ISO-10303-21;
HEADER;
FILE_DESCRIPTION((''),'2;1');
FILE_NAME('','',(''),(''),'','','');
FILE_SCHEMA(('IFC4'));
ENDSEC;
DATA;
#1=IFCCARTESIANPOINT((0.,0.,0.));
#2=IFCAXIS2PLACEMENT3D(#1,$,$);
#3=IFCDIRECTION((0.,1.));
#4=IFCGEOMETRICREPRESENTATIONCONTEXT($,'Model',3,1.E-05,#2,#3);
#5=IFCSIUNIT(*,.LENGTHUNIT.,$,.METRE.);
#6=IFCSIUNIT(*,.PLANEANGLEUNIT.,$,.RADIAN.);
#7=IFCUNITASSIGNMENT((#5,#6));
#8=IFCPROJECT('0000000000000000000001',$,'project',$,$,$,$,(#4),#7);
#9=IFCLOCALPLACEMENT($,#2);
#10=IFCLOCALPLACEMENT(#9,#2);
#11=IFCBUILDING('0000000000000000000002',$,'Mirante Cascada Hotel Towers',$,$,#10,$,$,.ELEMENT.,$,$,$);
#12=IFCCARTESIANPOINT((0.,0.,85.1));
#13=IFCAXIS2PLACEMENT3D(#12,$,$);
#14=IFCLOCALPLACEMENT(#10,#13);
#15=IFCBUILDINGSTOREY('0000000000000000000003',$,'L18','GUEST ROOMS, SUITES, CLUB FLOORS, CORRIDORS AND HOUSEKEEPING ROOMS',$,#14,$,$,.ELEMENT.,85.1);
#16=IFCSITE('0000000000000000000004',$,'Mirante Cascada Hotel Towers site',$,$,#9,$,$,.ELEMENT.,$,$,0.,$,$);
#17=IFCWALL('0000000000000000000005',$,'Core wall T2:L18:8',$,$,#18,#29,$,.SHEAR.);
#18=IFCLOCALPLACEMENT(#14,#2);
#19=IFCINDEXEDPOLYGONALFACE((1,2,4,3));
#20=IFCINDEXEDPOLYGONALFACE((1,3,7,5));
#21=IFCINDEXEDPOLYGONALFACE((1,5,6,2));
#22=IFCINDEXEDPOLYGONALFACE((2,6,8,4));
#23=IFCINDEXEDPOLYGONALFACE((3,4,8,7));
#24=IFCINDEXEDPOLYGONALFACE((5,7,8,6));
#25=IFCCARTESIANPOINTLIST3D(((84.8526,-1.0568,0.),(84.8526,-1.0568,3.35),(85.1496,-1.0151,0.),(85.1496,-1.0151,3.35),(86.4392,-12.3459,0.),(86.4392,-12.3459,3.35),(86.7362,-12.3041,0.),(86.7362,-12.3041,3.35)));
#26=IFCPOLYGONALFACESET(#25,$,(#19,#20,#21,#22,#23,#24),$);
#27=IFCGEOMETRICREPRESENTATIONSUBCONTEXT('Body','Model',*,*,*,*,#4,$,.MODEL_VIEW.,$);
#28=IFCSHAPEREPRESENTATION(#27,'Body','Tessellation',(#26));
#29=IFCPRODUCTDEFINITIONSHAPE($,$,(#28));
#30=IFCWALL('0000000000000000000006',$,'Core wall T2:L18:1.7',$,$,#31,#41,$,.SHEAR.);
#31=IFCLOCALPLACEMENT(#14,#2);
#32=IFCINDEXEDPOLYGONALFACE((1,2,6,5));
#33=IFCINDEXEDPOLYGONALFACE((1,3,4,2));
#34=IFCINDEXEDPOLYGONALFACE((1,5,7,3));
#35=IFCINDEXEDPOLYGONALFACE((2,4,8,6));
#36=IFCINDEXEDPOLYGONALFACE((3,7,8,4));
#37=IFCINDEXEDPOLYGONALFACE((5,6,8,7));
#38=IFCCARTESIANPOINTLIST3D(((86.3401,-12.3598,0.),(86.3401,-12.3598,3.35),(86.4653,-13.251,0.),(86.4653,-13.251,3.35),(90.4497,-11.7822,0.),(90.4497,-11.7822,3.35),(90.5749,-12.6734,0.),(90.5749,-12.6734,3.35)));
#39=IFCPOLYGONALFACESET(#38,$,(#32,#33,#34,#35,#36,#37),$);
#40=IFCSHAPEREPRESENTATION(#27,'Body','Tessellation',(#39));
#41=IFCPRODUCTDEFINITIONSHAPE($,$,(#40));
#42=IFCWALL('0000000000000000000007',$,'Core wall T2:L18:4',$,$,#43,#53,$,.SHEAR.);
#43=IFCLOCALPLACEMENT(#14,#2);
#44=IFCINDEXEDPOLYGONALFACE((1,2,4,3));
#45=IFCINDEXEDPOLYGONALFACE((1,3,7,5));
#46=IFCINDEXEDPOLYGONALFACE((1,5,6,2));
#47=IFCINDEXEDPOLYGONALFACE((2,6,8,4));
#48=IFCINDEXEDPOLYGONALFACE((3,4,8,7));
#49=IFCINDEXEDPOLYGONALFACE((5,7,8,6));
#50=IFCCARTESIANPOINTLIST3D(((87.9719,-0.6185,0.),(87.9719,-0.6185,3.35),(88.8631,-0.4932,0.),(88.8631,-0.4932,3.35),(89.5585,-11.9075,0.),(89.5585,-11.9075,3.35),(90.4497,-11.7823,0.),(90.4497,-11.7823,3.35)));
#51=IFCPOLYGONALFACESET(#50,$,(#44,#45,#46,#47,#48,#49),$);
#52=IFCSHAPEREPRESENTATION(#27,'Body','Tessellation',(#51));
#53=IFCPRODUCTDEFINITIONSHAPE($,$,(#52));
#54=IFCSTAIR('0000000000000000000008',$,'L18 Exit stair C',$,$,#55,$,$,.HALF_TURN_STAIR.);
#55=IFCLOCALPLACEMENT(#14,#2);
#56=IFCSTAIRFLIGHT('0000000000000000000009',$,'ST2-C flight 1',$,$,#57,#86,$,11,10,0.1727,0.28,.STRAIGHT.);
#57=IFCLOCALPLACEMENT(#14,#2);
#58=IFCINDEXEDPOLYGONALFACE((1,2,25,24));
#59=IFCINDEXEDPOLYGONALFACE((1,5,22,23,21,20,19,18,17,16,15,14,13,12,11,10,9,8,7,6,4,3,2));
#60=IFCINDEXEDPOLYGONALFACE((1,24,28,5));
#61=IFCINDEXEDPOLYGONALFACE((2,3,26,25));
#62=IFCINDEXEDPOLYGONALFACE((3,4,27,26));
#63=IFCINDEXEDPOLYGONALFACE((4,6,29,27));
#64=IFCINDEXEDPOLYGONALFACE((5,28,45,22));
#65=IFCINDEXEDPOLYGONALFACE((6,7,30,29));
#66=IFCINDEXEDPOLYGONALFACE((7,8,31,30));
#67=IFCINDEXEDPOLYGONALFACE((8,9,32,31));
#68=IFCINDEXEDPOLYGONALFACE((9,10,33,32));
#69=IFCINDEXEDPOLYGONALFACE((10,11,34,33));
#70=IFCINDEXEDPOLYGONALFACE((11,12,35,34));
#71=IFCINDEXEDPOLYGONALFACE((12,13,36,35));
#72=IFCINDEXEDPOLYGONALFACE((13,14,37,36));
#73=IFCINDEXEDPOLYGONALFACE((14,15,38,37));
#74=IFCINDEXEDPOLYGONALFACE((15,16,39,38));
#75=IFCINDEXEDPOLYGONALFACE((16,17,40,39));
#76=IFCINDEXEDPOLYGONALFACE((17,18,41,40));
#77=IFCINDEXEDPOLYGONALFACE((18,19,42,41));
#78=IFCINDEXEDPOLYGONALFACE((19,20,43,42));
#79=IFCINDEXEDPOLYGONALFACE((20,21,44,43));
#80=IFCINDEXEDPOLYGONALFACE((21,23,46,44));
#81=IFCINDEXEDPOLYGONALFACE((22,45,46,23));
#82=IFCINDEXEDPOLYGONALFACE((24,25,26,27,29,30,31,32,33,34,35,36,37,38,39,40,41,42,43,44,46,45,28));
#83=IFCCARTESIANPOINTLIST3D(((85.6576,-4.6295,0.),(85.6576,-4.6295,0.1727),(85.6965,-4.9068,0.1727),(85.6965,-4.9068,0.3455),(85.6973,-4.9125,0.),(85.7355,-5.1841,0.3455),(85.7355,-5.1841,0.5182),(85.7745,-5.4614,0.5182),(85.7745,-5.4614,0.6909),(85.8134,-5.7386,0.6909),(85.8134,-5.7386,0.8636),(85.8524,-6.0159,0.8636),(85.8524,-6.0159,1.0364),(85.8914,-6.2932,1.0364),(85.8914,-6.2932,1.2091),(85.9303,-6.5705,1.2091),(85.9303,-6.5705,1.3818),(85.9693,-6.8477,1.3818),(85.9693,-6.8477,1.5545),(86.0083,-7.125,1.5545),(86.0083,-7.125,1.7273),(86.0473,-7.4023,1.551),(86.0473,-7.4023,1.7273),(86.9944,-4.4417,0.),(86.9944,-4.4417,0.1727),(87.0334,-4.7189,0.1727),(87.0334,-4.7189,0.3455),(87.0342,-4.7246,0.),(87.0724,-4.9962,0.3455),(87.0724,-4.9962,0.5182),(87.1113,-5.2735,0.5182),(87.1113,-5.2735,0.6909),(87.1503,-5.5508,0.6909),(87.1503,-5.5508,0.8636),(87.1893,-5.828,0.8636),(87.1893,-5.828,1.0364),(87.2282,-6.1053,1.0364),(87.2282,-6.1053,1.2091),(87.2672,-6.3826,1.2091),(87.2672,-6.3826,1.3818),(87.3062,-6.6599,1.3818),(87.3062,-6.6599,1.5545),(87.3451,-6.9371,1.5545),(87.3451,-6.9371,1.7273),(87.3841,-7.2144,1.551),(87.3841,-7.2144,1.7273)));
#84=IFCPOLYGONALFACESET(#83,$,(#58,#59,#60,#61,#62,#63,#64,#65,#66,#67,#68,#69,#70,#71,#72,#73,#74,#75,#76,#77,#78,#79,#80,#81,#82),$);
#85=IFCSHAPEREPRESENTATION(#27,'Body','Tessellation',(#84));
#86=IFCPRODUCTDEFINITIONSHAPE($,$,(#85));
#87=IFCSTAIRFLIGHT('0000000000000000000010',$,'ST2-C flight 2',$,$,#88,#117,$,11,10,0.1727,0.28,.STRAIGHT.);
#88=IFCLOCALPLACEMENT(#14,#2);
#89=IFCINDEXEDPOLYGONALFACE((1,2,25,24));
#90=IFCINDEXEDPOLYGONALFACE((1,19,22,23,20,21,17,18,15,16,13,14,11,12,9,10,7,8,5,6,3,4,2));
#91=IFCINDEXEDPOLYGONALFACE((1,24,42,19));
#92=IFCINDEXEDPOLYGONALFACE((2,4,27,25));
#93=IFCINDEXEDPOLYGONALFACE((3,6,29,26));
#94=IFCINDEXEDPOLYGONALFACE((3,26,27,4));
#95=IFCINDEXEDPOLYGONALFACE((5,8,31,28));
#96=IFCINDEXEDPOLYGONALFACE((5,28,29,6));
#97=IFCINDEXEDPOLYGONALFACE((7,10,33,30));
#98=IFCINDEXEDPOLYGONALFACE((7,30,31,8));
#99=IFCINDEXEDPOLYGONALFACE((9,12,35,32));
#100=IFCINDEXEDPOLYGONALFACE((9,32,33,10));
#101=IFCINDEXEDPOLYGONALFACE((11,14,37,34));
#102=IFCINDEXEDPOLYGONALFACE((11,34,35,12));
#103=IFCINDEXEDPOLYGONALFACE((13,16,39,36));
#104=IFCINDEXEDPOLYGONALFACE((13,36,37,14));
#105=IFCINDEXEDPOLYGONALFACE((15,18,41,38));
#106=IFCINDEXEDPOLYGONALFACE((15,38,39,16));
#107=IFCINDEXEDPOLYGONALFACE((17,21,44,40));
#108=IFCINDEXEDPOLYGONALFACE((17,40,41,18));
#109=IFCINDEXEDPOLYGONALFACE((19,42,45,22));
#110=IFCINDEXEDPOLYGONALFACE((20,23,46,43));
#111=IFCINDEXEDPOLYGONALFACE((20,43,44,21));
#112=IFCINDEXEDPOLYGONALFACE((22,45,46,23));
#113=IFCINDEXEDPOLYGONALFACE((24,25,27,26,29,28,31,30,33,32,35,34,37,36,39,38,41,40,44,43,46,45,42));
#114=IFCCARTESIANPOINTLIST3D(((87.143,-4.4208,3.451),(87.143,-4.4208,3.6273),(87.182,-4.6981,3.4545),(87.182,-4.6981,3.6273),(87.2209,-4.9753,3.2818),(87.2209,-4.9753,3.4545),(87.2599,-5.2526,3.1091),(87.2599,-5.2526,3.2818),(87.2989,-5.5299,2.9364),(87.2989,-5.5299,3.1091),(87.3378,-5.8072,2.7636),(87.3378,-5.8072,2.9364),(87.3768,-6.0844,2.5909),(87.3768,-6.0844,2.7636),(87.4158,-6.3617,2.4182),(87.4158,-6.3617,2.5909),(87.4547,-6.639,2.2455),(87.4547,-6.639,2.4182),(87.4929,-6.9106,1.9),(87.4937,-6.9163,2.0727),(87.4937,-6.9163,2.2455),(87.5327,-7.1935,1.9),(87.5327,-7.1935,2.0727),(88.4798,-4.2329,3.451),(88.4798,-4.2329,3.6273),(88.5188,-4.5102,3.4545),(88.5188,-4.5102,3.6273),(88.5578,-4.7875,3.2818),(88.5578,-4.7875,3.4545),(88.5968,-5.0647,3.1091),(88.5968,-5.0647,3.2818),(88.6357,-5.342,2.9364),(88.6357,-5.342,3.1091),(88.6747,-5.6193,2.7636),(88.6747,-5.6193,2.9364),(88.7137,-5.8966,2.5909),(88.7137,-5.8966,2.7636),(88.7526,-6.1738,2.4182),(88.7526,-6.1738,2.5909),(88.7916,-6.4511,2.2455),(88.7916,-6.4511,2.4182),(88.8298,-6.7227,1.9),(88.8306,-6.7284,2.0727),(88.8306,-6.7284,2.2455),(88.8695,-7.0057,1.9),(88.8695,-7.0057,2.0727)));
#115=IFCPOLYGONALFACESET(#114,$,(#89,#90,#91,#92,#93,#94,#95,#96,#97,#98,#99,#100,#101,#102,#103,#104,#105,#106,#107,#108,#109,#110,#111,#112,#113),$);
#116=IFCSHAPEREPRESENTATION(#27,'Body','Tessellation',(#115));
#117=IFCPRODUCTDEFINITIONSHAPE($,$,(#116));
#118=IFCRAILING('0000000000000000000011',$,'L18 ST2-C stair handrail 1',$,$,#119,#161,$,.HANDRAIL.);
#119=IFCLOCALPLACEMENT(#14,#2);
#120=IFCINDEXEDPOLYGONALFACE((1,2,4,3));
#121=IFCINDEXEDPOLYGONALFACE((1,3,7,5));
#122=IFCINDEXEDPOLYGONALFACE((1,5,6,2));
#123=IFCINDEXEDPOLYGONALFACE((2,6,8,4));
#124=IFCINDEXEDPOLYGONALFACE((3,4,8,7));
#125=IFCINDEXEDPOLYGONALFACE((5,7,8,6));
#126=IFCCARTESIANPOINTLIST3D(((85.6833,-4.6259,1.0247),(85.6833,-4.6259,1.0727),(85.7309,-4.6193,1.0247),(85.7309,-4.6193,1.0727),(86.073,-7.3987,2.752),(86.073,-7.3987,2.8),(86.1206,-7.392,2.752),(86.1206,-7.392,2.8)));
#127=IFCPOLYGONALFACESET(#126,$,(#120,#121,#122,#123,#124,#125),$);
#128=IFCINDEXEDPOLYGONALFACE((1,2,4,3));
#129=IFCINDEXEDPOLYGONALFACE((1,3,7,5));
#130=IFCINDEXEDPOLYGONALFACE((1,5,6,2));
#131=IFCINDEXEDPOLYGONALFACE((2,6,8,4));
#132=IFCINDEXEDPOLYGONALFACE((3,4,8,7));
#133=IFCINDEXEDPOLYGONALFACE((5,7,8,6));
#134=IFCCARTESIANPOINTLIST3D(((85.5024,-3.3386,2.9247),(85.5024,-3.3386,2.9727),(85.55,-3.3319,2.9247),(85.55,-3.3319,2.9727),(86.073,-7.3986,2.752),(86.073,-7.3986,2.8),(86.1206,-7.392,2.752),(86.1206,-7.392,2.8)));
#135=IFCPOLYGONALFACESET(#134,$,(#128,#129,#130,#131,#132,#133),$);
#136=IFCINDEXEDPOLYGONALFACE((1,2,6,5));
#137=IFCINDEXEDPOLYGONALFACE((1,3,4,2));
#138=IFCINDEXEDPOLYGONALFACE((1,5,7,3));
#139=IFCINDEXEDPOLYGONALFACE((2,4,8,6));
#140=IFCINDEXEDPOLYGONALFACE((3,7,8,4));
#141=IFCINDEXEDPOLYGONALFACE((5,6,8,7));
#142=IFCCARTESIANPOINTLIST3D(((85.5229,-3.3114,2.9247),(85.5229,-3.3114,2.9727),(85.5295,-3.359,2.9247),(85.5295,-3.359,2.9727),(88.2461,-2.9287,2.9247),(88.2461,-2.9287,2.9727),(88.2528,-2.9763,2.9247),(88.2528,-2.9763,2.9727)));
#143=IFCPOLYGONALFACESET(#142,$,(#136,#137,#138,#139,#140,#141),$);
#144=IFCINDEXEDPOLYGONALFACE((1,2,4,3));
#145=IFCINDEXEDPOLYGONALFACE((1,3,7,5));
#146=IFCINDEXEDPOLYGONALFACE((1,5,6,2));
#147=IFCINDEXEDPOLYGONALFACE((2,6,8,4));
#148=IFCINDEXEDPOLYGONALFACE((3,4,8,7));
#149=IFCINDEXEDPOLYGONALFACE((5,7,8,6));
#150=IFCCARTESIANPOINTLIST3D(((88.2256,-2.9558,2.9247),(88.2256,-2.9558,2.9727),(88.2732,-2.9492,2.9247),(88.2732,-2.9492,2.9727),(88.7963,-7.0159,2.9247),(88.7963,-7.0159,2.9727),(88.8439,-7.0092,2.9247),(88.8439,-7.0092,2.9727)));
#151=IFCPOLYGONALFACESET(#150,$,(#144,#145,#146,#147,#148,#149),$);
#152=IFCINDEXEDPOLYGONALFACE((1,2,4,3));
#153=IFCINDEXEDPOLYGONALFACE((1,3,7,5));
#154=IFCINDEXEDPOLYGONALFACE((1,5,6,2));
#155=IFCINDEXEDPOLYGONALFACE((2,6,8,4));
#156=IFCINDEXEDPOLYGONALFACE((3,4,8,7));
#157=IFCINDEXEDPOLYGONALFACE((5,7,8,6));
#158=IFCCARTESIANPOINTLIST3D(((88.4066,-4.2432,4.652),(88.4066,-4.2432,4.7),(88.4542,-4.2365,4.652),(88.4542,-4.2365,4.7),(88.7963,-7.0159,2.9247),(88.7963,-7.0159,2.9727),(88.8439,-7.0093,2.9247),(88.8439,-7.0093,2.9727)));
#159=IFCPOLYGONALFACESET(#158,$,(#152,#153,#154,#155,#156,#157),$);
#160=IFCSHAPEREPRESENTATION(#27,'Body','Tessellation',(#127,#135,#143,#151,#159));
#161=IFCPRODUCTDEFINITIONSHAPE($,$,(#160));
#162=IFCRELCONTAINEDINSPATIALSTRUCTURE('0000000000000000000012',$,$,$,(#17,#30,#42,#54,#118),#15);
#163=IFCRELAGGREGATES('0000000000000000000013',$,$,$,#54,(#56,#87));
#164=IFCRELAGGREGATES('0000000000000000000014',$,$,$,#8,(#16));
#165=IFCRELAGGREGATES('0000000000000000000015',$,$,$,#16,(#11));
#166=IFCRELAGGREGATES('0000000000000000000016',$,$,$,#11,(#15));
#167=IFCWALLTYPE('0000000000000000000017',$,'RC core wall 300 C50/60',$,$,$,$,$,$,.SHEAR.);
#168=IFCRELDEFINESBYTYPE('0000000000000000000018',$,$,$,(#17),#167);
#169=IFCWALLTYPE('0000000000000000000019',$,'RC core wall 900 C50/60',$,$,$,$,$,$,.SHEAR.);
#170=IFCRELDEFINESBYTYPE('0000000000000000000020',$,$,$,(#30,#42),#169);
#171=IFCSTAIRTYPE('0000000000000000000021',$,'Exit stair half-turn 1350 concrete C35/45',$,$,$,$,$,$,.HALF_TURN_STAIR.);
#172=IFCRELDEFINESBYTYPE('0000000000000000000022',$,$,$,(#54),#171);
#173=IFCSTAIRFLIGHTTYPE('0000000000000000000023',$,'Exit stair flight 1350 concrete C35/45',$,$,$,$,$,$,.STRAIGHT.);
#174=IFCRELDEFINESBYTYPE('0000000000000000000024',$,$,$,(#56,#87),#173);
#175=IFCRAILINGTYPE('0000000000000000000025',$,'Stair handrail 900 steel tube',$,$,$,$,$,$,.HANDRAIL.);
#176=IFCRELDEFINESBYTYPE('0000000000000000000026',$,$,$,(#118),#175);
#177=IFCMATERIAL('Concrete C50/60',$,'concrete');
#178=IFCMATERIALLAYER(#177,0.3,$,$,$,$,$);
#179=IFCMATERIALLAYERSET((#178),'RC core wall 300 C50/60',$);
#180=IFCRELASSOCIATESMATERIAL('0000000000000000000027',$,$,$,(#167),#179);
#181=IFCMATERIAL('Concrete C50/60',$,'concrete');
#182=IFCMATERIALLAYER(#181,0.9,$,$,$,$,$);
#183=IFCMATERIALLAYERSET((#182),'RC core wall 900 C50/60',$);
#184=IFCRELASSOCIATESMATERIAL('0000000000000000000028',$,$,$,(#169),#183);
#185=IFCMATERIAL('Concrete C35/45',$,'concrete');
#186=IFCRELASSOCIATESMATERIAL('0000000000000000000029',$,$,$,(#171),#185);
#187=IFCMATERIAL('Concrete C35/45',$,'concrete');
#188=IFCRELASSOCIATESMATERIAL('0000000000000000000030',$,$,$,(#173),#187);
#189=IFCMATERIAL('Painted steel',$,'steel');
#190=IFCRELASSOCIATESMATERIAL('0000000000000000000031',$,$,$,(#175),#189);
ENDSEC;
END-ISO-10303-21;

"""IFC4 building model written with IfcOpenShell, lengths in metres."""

from ifc_helpers import new_model, si_unit, direction, frame, frame_2d, origin, origin_2d, place, context, subcontext, project, spatial, polyline, rectangle, outline, extrude, material, layer, layer_set, type_object, element, aggregate, save


model = new_model("IFC4")

# Units and contexts
model_context = context("Model", 3, precision=1e-05, world=origin(), true_north=direction((0.0, 1.0)))
body_context = subcontext(model_context, "Body", "Model", "MODEL_VIEW")
ifc_project = project(units=[si_unit("LENGTHUNIT", "METRE"), si_unit("PLANEANGLEUNIT", "RADIAN")], contexts=[model_context])

# Site, building, storey
site_placement = place(None, origin())
site = spatial("IfcSite", under=ifc_project, at=site_placement, Name="Mirante Cascada Hotel Towers site", CompositionType="ELEMENT", RefElevation=0.0)
building_placement = place(site_placement, origin())
building = spatial("IfcBuilding", under=site, at=building_placement, Name="Mirante Cascada Hotel Towers", CompositionType="ELEMENT")
storey_placement = place(building_placement, frame((0.0, 0.0, 85.1)))
storey = spatial("IfcBuildingStorey", under=building, at=storey_placement, Name="L18", Description="GUEST ROOMS, SUITES, CLUB FLOORS, CORRIDORS AND HOUSEKEEPING ROOMS", CompositionType="ELEMENT", Elevation=85.1)

# Walls
ifc_material_1 = material(Name="Concrete C50/60", Category="concrete")
ifc_layer_1 = layer(ifc_material_1, 0.3)
ifc_layer_set_1 = layer_set([ifc_layer_1], Name="RC core wall 300 C50/60")
wall_type_1 = type_object("IfcWallType", Name="RC core wall 300 C50/60", PredefinedType="SHEAR", material=ifc_layer_set_1)
wall_1_placement = place(storey_placement, frame((86.5877, -12.325, 0.0), z_axis=(0.0, 0.0, 1.0), x_axis=(-0.139175, 0.990268, 0.0)))
element("IfcWall", 1, at=wall_1_placement, inside=storey, type_object=wall_type_1, Name="Core wall T2:L18:8", PredefinedType="SHEAR", context=body_context, shape_type="SweptSolid", body=[
    extrude(rectangle(XDim=11.4, YDim=0.3, at=frame_2d((5.7, 0.0))), origin(), (0.0, 0.0, 1.0), 3.35),
])
ifc_material_2 = material(Name="Concrete C50/60", Category="concrete")
ifc_layer_2 = layer(ifc_material_2, 0.9)
ifc_layer_set_2 = layer_set([ifc_layer_2], Name="RC core wall 900 C50/60")
wall_type_2 = type_object("IfcWallType", Name="RC core wall 900 C50/60", PredefinedType="SHEAR", material=ifc_layer_set_2)
wall_2_placement = place(storey_placement, frame((86.4027, -12.8054, 0.0), z_axis=(0.0, 0.0, 1.0), x_axis=(0.990267, 0.139181, 0.0)))
element("IfcWall", 2, at=wall_2_placement, inside=storey, type_object=wall_type_2, Name="Core wall T2:L18:1.7", PredefinedType="SHEAR", context=body_context, shape_type="SweptSolid", body=[
    extrude(rectangle(XDim=4.15, YDim=0.9, at=frame_2d((2.075, 0.0))), origin(), (0.0, 0.0, 1.0), 3.35),
])
wall_3_placement = place(storey_placement, frame((90.0041, -11.8449, 0.0), z_axis=(0.0, 0.0, 1.0), x_axis=(-0.139175, 0.990268, 0.0)))
element("IfcWall", 3, at=wall_3_placement, inside=storey, type_object=wall_type_2, Name="Core wall T2:L18:4", PredefinedType="SHEAR", context=body_context, shape_type="SweptSolid", body=[
    extrude(rectangle(XDim=11.4, YDim=0.9, at=frame_2d((5.7, 0.0))), origin(), (0.0, 0.0, 1.0), 3.35),
])

# Stair, stair flights
ifc_material_3 = material(Name="Concrete C35/45", Category="concrete")
stair_type = type_object("IfcStairType", Name="Exit stair half-turn 1350 concrete C35/45", PredefinedType="HALF_TURN_STAIR", material=ifc_material_3)
stair_placement = place(storey_placement, origin())
stair = element("IfcStair", 4, at=stair_placement, inside=storey, type_object=stair_type, Name="L18 Exit stair C", PredefinedType="HALF_TURN_STAIR")
ifc_material_4 = material(Name="Concrete C35/45", Category="concrete")
stair_flight_type = type_object("IfcStairFlightType", Name="Exit stair flight 1350 concrete C35/45", PredefinedType="STRAIGHT", material=ifc_material_4)
stair_flight_1_placement = place(storey_placement, frame((86.326, -4.5356, 0.0), z_axis=(0.0, 0.0, 1.0), x_axis=(0.139173, -0.990268, 0.0)))
stair_flight_1 = element("IfcStairFlight", 5, at=stair_flight_1_placement, type_object=stair_flight_type, Name="ST2-C flight 1", NumberOfRisers=11, NumberOfTreads=10, PredefinedType="STRAIGHT", RiserHeight=0.1727, TreadLength=0.28, context=body_context, shape_type="SweptSolid", body=[
    extrude(outline(polyline([(0.0, 0.0), (0.0, 0.1727), (0.28, 0.1727), (0.28, 0.3455), (0.56, 0.3455), (0.56, 0.5182), (0.84, 0.5182), (0.84, 0.6909), (1.12, 0.6909), (1.12, 0.8636), (1.4, 0.8636), (1.4, 1.0364), (1.68, 1.0364), (1.68, 1.2091), (1.96, 1.2091), (1.96, 1.3818), (2.24, 1.3818), (2.24, 1.5545), (2.52, 1.5545), (2.52, 1.7273), (2.8, 1.7273), (2.8, 1.9), (2.8, 1.551), (0.2857, 0.0), (0.0, 0.0)])), frame((0.0, 0.675, 0.0), z_axis=(0.0, -1.0, 0.0), x_axis=(1.0, 0.0, 0.0)), (0.0, 0.0, 1.0), 1.35),
])
stair_flight_2_placement = place(storey_placement, frame((88.2011, -7.0996, 1.9), z_axis=(0.0, 0.0, 1.0), x_axis=(-0.139173, 0.990268, 0.0)))
stair_flight_2 = element("IfcStairFlight", 6, at=stair_flight_2_placement, type_object=stair_flight_type, Name="ST2-C flight 2", NumberOfRisers=11, NumberOfTreads=10, PredefinedType="STRAIGHT", RiserHeight=0.1727, TreadLength=0.28, context=body_context, shape_type="SweptSolid", body=[
    extrude(outline(polyline([(0.0, 0.0), (0.0, 0.1727), (0.28, 0.1727), (0.28, 0.3455), (0.56, 0.3455), (0.56, 0.5182), (0.84, 0.5182), (0.84, 0.6909), (1.12, 0.6909), (1.12, 0.8636), (1.4, 0.8636), (1.4, 1.0364), (1.68, 1.0364), (1.68, 1.2091), (1.96, 1.2091), (1.96, 1.3818), (2.24, 1.3818), (2.24, 1.5545), (2.52, 1.5545), (2.52, 1.7273), (2.8, 1.7273), (2.8, 1.9), (2.8, 1.551), (0.2857, 0.0), (0.0, 0.0)])), frame((0.0, 0.675, 0.0), z_axis=(0.0, -1.0, 0.0), x_axis=(1.0, 0.0, 0.0)), (0.0, 0.0, 1.0), 1.35),
])
aggregate(stair, [stair_flight_1, stair_flight_2])

# Railing
ifc_material_5 = material(Name="Painted steel", Category="steel")
railing_type = type_object("IfcRailingType", Name="Stair handrail 900 steel tube", PredefinedType="HANDRAIL", material=ifc_material_5)
railing_placement = place(storey_placement, frame((85.7071, -4.6226, 0.1727)))
element("IfcRailing", 7, at=railing_placement, inside=storey, type_object=railing_type, Name="L18 ST2-C stair handrail 1", PredefinedType="HANDRAIL", context=body_context, shape_type="SweptSolid", body=[
    extrude(rectangle(XDim=0.048, YDim=0.048, at=origin_2d()), frame((0.0, 0.0, 0.876), z_axis=(0.139181, -0.990267, 0.0), x_axis=(0.990267, 0.139181, 0.0)), (0.0, 0.525035, 0.851081), 3.2899),
    extrude(rectangle(XDim=0.048, YDim=0.048, at=origin_2d()), frame((0.3897, -2.7727, 2.6033), z_axis=(-0.139171, 0.990268, 0.0), x_axis=(-0.990268, -0.139171, 0.0)), (0.0, 0.042085, 0.999114), 4.1036),
    extrude(rectangle(XDim=0.048, YDim=0.048, at=origin_2d()), frame((-0.1809, 1.2874, 2.776), z_axis=(0.990269, 0.139166, 0.0), x_axis=(-0.139166, 0.990269, 0.0)), (0.0, 0.0, 1.0), 2.75),
    extrude(rectangle(XDim=0.048, YDim=0.048, at=origin_2d()), frame((2.5423, 1.6701, 2.776), z_axis=(0.139195, -0.990265, 0.0), x_axis=(0.990265, 0.139195, 0.0)), (0.0, 0.0, 1.0), 4.1),
    extrude(rectangle(XDim=0.048, YDim=0.048, at=origin_2d()), frame((3.113, -2.39, 2.776), z_axis=(-0.139181, 0.990267, 0.0), x_axis=(-0.990267, -0.139181, 0.0)), (0.0, 0.525035, 0.851081), 3.2899),
])

save(model, "model.ifc")
